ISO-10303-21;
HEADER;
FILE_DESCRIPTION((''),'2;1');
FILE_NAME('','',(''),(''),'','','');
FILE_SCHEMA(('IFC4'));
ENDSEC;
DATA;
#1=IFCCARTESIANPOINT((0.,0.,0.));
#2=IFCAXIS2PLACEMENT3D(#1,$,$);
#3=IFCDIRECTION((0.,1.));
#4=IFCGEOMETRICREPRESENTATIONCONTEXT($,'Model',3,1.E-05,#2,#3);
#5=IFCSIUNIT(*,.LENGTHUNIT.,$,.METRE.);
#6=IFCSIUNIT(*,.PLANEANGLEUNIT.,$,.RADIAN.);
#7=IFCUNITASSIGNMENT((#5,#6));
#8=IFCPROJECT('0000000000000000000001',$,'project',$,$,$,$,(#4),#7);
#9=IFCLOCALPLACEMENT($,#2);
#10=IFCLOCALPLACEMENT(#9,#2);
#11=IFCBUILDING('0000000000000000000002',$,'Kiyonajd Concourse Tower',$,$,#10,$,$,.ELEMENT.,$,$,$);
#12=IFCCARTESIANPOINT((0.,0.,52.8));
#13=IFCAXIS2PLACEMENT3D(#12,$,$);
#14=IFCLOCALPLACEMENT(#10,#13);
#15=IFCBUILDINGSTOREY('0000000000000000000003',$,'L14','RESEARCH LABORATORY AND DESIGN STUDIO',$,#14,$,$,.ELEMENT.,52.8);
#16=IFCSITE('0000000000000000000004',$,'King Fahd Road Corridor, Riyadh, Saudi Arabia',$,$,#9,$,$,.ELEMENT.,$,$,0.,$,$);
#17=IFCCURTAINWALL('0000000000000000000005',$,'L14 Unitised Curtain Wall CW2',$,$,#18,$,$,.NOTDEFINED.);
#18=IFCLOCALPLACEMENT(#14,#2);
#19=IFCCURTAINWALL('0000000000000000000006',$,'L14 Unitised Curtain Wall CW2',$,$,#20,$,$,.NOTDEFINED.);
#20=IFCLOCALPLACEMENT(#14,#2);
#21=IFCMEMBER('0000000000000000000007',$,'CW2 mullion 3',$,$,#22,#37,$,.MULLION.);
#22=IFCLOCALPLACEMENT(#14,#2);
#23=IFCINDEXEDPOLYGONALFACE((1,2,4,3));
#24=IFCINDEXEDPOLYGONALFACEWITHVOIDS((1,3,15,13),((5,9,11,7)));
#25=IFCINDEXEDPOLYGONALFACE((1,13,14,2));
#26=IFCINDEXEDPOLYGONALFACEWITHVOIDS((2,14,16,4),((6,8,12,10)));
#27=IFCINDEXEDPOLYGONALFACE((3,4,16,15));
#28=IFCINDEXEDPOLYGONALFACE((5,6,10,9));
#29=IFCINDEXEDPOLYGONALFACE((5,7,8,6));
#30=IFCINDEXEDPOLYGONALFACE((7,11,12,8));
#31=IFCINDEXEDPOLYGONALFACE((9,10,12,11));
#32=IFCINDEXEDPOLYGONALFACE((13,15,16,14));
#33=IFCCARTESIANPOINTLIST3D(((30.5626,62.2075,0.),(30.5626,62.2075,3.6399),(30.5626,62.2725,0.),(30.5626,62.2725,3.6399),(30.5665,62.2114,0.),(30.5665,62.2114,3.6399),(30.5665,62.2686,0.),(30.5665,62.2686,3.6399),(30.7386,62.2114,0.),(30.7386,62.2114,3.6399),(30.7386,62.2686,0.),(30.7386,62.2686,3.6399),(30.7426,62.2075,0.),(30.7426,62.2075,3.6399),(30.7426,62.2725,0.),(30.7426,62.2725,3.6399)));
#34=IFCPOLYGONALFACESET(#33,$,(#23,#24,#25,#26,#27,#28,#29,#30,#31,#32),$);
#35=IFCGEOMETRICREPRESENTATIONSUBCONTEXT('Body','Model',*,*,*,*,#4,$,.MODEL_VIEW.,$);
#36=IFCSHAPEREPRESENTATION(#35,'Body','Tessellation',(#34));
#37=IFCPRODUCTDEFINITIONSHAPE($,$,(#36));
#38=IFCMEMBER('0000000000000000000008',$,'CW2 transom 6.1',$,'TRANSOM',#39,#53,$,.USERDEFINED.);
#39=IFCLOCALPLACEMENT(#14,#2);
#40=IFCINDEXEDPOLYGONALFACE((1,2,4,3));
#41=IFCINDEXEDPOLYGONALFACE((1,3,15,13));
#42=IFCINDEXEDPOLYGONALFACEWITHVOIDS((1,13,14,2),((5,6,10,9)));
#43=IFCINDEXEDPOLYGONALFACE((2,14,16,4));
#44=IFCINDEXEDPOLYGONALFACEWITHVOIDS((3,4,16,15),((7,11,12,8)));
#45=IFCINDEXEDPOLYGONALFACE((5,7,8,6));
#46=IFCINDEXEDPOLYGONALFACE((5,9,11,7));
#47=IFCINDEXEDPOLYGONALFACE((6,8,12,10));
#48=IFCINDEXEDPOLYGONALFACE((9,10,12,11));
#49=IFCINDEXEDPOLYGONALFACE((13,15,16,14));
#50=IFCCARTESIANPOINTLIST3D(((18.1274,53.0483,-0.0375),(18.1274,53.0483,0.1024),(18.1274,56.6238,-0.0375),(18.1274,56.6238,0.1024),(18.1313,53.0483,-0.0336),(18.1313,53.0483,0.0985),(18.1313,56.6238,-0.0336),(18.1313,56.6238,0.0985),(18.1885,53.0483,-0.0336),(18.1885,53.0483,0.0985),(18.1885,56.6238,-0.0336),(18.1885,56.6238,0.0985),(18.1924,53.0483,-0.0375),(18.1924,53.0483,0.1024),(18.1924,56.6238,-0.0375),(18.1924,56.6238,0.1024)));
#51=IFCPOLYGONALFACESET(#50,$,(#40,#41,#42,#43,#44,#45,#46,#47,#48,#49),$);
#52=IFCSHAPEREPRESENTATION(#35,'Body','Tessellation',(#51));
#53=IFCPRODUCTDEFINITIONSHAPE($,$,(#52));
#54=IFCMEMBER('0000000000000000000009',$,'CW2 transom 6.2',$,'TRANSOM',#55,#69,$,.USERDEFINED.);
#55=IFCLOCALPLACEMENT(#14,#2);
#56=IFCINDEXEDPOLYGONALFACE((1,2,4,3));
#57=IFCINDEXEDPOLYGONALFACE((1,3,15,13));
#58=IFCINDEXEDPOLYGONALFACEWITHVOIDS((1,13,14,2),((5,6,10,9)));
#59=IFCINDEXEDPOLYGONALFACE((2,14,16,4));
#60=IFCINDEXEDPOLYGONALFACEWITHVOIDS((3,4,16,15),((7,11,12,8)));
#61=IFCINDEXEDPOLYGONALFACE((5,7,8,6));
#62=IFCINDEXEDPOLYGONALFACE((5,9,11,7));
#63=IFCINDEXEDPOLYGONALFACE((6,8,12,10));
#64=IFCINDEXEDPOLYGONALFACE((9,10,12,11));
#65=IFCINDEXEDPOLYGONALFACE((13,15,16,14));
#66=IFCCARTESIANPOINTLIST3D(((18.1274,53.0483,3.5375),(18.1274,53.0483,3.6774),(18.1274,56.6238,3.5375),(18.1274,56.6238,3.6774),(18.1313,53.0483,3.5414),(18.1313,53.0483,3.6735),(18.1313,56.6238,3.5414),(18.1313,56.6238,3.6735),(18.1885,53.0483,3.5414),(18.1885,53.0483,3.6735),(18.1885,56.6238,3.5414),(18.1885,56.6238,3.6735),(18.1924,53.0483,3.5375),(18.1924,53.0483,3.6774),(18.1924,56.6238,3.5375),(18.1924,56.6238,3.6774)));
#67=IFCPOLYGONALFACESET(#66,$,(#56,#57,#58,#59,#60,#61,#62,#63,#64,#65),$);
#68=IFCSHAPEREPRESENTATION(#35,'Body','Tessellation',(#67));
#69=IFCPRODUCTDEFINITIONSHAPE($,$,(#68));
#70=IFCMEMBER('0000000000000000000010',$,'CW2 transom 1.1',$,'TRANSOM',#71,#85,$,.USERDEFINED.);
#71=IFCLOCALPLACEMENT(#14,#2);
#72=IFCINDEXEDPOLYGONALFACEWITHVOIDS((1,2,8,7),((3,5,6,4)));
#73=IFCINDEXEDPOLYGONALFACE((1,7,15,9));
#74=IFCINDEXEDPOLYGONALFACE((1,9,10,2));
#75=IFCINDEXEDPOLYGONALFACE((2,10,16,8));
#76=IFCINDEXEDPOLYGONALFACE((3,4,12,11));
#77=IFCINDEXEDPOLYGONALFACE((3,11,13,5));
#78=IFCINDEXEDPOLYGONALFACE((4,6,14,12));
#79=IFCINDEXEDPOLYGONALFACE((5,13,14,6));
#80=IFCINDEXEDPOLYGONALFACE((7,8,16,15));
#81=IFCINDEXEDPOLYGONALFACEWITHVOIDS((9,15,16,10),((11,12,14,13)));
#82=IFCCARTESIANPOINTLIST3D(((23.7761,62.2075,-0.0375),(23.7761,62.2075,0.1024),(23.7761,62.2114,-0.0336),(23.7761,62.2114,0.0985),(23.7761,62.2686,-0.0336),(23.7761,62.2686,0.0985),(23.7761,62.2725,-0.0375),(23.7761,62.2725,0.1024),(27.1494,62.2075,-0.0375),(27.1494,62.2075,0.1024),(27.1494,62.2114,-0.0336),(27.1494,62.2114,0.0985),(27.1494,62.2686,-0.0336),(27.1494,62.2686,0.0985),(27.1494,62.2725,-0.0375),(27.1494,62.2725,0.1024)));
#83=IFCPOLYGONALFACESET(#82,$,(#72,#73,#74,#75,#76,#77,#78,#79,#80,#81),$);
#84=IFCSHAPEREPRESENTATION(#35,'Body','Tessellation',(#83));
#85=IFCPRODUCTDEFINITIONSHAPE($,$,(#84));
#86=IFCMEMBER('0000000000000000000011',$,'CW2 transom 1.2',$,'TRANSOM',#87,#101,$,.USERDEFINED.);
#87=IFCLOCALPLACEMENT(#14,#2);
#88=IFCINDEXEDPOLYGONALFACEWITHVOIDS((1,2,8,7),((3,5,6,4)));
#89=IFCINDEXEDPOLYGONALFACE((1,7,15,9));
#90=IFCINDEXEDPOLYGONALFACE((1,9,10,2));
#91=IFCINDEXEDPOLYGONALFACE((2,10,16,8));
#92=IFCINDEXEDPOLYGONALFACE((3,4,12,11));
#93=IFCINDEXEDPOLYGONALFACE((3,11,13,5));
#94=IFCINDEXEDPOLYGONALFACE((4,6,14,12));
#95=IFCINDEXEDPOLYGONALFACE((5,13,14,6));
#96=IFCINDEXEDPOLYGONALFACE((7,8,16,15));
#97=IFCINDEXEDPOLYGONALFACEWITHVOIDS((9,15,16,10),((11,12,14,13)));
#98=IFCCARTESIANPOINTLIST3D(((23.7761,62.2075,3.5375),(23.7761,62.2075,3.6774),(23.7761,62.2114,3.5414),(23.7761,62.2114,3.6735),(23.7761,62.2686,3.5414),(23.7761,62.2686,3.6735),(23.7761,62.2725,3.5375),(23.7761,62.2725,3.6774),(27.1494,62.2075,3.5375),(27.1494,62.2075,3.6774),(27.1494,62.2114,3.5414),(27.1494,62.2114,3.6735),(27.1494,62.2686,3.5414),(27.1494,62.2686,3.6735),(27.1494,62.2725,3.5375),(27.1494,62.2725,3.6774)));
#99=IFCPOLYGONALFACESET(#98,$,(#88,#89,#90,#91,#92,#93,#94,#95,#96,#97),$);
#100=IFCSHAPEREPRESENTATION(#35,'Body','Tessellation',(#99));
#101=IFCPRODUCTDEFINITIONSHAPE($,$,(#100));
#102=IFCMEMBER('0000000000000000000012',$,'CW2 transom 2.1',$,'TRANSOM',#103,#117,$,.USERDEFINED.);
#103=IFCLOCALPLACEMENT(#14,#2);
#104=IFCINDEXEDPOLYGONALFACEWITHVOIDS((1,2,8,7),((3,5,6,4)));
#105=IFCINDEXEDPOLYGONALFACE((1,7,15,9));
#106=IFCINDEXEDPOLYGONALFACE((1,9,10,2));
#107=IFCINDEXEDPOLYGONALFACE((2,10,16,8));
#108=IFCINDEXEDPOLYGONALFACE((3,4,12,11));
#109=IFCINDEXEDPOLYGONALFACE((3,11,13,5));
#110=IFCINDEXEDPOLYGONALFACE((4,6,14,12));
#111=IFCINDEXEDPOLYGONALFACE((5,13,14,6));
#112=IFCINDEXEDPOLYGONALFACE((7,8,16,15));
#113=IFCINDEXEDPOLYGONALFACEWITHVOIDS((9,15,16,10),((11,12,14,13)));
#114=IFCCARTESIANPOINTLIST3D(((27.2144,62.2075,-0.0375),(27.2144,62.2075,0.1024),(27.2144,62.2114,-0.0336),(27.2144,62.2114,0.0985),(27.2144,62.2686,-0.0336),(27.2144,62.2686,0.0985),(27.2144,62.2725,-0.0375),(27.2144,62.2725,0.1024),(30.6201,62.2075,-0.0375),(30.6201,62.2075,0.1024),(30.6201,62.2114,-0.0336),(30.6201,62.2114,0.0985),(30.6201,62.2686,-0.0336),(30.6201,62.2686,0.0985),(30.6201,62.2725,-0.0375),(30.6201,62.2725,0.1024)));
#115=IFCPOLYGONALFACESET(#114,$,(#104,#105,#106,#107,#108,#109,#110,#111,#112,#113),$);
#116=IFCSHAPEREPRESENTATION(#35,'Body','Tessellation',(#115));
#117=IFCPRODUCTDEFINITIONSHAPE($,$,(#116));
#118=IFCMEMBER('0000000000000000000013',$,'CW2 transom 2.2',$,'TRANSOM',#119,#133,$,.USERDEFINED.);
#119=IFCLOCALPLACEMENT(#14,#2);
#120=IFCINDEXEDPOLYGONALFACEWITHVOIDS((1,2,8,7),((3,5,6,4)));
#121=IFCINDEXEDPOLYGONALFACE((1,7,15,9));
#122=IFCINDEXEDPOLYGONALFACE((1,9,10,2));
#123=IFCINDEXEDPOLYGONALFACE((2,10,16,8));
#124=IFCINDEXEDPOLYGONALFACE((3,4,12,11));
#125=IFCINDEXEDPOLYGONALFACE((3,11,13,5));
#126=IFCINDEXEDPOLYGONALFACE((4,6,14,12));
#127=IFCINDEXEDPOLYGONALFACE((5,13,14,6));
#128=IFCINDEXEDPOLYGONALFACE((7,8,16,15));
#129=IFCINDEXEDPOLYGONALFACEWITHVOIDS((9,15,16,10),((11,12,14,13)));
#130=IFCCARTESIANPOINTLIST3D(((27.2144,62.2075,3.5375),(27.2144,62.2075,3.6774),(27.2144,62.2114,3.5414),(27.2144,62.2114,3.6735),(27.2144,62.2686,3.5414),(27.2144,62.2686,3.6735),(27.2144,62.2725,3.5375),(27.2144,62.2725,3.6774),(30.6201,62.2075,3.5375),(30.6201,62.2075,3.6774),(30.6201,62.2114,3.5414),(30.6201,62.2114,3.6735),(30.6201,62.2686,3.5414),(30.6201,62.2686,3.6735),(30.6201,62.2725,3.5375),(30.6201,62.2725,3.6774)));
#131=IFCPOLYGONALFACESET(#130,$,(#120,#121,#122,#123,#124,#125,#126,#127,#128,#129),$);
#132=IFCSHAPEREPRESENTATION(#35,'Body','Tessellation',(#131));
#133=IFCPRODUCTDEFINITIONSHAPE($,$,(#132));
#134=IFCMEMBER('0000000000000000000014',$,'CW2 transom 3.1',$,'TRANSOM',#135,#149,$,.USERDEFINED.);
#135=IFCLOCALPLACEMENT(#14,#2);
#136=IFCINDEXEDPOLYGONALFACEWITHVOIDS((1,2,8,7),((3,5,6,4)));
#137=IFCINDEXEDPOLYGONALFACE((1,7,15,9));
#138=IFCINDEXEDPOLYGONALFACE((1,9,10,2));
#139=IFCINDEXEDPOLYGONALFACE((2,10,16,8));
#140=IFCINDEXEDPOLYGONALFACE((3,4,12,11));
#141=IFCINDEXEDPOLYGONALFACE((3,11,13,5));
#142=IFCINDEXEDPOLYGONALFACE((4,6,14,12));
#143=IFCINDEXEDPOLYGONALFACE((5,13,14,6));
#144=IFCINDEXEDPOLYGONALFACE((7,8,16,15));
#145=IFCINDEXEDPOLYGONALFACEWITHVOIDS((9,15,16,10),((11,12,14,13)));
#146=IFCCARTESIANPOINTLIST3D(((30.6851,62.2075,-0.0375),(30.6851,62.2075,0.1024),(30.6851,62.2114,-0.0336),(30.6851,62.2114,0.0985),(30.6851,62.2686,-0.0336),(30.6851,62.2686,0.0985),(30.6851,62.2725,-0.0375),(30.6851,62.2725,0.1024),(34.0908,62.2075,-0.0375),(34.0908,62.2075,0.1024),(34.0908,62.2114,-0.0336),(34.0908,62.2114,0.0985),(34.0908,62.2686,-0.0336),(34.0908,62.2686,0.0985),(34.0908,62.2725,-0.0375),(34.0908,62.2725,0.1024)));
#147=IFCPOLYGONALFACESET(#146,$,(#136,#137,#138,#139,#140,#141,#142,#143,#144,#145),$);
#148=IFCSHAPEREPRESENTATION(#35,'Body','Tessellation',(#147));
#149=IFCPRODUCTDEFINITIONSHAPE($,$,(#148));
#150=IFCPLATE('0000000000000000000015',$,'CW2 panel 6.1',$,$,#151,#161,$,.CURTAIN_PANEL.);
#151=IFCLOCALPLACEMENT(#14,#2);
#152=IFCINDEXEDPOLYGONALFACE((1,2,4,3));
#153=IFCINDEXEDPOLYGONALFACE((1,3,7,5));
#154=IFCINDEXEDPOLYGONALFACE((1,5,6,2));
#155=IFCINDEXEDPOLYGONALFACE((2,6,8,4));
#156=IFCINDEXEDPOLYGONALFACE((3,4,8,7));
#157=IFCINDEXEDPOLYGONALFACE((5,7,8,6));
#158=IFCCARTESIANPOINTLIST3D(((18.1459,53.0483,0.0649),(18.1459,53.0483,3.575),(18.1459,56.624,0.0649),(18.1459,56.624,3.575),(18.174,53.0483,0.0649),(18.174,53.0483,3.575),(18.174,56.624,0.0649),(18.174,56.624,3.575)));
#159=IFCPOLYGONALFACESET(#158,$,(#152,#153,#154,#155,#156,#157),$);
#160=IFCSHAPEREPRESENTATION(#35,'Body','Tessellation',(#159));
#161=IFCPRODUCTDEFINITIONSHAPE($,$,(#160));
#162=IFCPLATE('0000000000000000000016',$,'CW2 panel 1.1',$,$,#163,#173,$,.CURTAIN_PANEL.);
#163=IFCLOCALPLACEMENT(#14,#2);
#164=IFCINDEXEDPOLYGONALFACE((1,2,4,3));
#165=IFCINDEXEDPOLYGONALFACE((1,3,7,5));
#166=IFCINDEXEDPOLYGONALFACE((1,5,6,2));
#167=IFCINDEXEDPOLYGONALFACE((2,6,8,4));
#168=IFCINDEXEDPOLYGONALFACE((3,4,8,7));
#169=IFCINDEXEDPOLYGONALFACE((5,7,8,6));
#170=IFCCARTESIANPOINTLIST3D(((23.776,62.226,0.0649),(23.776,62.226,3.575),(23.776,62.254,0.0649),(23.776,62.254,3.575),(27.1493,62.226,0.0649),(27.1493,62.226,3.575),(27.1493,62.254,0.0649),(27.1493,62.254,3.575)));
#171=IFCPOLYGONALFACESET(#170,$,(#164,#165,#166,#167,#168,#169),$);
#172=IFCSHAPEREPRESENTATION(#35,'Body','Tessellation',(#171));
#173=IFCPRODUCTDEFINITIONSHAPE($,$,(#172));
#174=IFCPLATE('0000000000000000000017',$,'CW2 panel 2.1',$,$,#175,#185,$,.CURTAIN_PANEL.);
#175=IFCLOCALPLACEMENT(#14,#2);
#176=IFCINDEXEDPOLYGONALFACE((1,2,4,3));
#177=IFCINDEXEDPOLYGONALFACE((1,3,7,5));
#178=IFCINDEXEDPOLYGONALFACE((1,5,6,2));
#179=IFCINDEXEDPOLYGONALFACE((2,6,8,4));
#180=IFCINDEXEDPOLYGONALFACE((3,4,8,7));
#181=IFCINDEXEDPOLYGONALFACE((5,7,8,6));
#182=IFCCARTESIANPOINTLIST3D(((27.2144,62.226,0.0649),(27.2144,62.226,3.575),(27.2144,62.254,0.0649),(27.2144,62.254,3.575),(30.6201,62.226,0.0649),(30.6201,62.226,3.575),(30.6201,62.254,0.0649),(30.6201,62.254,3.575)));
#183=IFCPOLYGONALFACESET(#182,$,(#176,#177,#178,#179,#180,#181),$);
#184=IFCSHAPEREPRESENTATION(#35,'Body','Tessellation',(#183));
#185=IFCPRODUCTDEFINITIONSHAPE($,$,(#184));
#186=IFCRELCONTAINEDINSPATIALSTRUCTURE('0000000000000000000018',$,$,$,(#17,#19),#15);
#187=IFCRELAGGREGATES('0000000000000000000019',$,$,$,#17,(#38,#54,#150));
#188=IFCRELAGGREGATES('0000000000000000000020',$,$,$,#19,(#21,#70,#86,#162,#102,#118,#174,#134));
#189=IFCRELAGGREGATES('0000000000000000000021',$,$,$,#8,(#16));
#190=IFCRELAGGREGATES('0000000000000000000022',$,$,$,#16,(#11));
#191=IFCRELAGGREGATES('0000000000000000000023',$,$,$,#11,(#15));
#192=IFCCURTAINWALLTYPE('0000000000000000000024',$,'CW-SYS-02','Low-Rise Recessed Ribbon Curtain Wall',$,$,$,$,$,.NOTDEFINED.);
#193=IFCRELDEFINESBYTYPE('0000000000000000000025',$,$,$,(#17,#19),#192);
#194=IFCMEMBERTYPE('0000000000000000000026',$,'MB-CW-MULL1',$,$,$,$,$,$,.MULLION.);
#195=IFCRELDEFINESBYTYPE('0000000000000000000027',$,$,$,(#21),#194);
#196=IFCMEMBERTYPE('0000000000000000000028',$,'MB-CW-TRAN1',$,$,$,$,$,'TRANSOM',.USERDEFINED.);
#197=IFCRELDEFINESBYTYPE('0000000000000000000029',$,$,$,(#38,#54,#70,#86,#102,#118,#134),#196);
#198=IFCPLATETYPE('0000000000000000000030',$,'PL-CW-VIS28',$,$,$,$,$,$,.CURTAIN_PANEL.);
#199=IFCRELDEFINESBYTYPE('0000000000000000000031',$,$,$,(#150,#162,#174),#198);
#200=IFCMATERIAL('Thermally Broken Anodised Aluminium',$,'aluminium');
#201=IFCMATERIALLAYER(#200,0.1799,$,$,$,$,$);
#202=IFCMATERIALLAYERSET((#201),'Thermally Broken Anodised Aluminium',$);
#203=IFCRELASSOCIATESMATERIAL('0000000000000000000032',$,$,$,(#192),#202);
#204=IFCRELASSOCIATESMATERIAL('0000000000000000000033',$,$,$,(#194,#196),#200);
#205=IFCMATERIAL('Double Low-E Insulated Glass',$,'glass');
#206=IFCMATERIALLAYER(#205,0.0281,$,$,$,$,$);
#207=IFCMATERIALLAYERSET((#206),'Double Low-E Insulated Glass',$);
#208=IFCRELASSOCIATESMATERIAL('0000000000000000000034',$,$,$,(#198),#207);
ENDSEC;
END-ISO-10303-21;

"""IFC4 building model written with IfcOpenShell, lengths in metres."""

from ifc_helpers import new_model, si_unit, direction, frame, origin, origin_2d, place, context, subcontext, project, spatial, rectangle, hollow_rectangle, extrude, material, layer, layer_set, material_profile, profile_set, type_object, element, aggregate, save


model = new_model("IFC4")

# Units and contexts
model_context = context("Model", 3, precision=1e-05, world=origin(), true_north=direction((0.0, 1.0)))
body_context = subcontext(model_context, "Body", "Model", "MODEL_VIEW")
ifc_project = project(units=[si_unit("LENGTHUNIT", "METRE"), si_unit("PLANEANGLEUNIT", "RADIAN")], contexts=[model_context])

# Site, building, storey
site_placement = place(None, origin())
site = spatial("IfcSite", under=ifc_project, at=site_placement, Name="King Fahd Road Corridor, Riyadh, Saudi Arabia", CompositionType="ELEMENT", RefElevation=0.0)
building_placement = place(site_placement, origin())
building = spatial("IfcBuilding", under=site, at=building_placement, Name="Kiyonajd Concourse Tower", CompositionType="ELEMENT")
storey_placement = place(building_placement, frame((0.0, 0.0, 52.8)))
storey = spatial("IfcBuildingStorey", under=building, at=storey_placement, Name="L14", Description="RESEARCH LABORATORY AND DESIGN STUDIO", CompositionType="ELEMENT", Elevation=52.8)

# Curtain wall
ifc_material_1 = material(Name="Thermally Broken Anodised Aluminium", Category="aluminium")
ifc_layer_1 = layer(ifc_material_1, 0.1799)
ifc_layer_set_1 = layer_set([ifc_layer_1], Name="Thermally Broken Anodised Aluminium")
curtain_wall_type = type_object("IfcCurtainWallType", Name="CW-SYS-02", Description="Low-Rise Recessed Ribbon Curtain Wall", PredefinedType="NOTDEFINED", material=ifc_layer_set_1)
curtain_wall_1_placement = place(storey_placement, origin())
curtain_wall_1 = element("IfcCurtainWall", 1, at=curtain_wall_1_placement, inside=storey, type_object=curtain_wall_type, Name="L14 Unitised Curtain Wall CW2", PredefinedType="NOTDEFINED")
ifc_material_profile_1 = material_profile(ifc_material_1, hollow_rectangle(XDim=0.0649, YDim=0.1799, WallThickness=0.0039, at=origin_2d()), Name="MULL-65x180")
ifc_profile_set_1 = profile_set([ifc_material_profile_1], Name="Thermally Broken Anodised Aluminium")
member_type_1 = type_object("IfcMemberType", Name="MB-CW-MULL1", PredefinedType="MULLION", material=ifc_profile_set_1)

# Curtain wall, member
curtain_wall_2_placement = place(storey_placement, origin())
curtain_wall_2 = element("IfcCurtainWall", 2, at=curtain_wall_2_placement, inside=storey, type_object=curtain_wall_type, Name="L14 Unitised Curtain Wall CW2", PredefinedType="NOTDEFINED")
member_1_placement = place(storey_placement, frame((30.6526, 62.24, 0.0), z_axis=(0.0, 0.0, 1.0), x_axis=(0.0, 1.0, 0.0)))
member_1 = element("IfcMember", 3, at=member_1_placement, type_object=member_type_1, Name="CW2 mullion 3", PredefinedType="MULLION", context=body_context, shape_type="SweptSolid", body=[
    extrude(hollow_rectangle(XDim=0.0649, YDim=0.1799, WallThickness=0.0039, at=origin_2d()), origin(), (0.0, 0.0, 1.0), 3.6399),
])

# Members
ifc_material_profile_2 = material_profile(ifc_material_1, hollow_rectangle(XDim=0.0649, YDim=0.1399, WallThickness=0.0039, at=origin_2d()), Name="TRAN-65x140")
ifc_profile_set_2 = profile_set([ifc_material_profile_2], Name="Thermally Broken Anodised Aluminium")
member_type_2 = type_object("IfcMemberType", Name="MB-CW-TRAN1", ElementType="TRANSOM", PredefinedType="USERDEFINED", material=ifc_profile_set_2)
member_2_placement = place(storey_placement, frame((18.1599, 53.0483, 0.0325), z_axis=(0.0, 1.0, 0.0), x_axis=(-1.0, 0.0, 0.0)))
member_2 = element("IfcMember", 4, at=member_2_placement, type_object=member_type_2, Name="CW2 transom 6.1", ObjectType="TRANSOM", PredefinedType="USERDEFINED", context=body_context, shape_type="SweptSolid", body=[
    extrude(hollow_rectangle(XDim=0.0649, YDim=0.1399, WallThickness=0.0039, at=origin_2d()), origin(), (0.0, 0.0, 1.0), 3.5754),
])
member_3_placement = place(storey_placement, frame((18.1599, 53.0483, 3.6074), z_axis=(0.0, 1.0, 0.0), x_axis=(-1.0, 0.0, 0.0)))
member_3 = element("IfcMember", 5, at=member_3_placement, type_object=member_type_2, Name="CW2 transom 6.2", ObjectType="TRANSOM", PredefinedType="USERDEFINED", context=body_context, shape_type="SweptSolid", body=[
    extrude(hollow_rectangle(XDim=0.0649, YDim=0.1399, WallThickness=0.0039, at=origin_2d()), origin(), (0.0, 0.0, 1.0), 3.5754),
])
member_4_placement = place(storey_placement, frame((23.7761, 62.24, 0.0325), z_axis=(1.0, 0.0, 0.0), x_axis=(0.0, 1.0, 0.0)))
member_4 = element("IfcMember", 6, at=member_4_placement, type_object=member_type_2, Name="CW2 transom 1.1", ObjectType="TRANSOM", PredefinedType="USERDEFINED", context=body_context, shape_type="SweptSolid", body=[
    extrude(hollow_rectangle(XDim=0.0649, YDim=0.1399, WallThickness=0.0039, at=origin_2d()), origin(), (0.0, 0.0, 1.0), 3.3733),
])
member_5_placement = place(storey_placement, frame((23.7761, 62.24, 3.6074), z_axis=(1.0, 0.0, 0.0), x_axis=(0.0, 1.0, 0.0)))
member_5 = element("IfcMember", 7, at=member_5_placement, type_object=member_type_2, Name="CW2 transom 1.2", ObjectType="TRANSOM", PredefinedType="USERDEFINED", context=body_context, shape_type="SweptSolid", body=[
    extrude(hollow_rectangle(XDim=0.0649, YDim=0.1399, WallThickness=0.0039, at=origin_2d()), origin(), (0.0, 0.0, 1.0), 3.3733),
])
member_6_placement = place(storey_placement, frame((27.2144, 62.24, 0.0325), z_axis=(1.0, 0.0, 0.0), x_axis=(0.0, 1.0, 0.0)))
member_6 = element("IfcMember", 8, at=member_6_placement, type_object=member_type_2, Name="CW2 transom 2.1", ObjectType="TRANSOM", PredefinedType="USERDEFINED", context=body_context, shape_type="SweptSolid", body=[
    extrude(hollow_rectangle(XDim=0.0649, YDim=0.1399, WallThickness=0.0039, at=origin_2d()), origin(), (0.0, 0.0, 1.0), 3.4058),
])
member_7_placement = place(storey_placement, frame((27.2144, 62.24, 3.6074), z_axis=(1.0, 0.0, 0.0), x_axis=(0.0, 1.0, 0.0)))
member_7 = element("IfcMember", 9, at=member_7_placement, type_object=member_type_2, Name="CW2 transom 2.2", ObjectType="TRANSOM", PredefinedType="USERDEFINED", context=body_context, shape_type="SweptSolid", body=[
    extrude(hollow_rectangle(XDim=0.0649, YDim=0.1399, WallThickness=0.0039, at=origin_2d()), origin(), (0.0, 0.0, 1.0), 3.4058),
])
member_8_placement = place(storey_placement, frame((30.6851, 62.24, 0.0325), z_axis=(1.0, 0.0, 0.0), x_axis=(0.0, 1.0, 0.0)))
member_8 = element("IfcMember", 10, at=member_8_placement, type_object=member_type_2, Name="CW2 transom 3.1", ObjectType="TRANSOM", PredefinedType="USERDEFINED", context=body_context, shape_type="SweptSolid", body=[
    extrude(hollow_rectangle(XDim=0.0649, YDim=0.1399, WallThickness=0.0039, at=origin_2d()), origin(), (0.0, 0.0, 1.0), 3.4058),
])

# Plates
ifc_material_2 = material(Name="Double Low-E Insulated Glass", Category="glass")
ifc_layer_2 = layer(ifc_material_2, 0.0281)
ifc_layer_set_2 = layer_set([ifc_layer_2], Name="Double Low-E Insulated Glass")
plate_type_1 = type_object("IfcPlateType", Name="PL-CW-VIS28", PredefinedType="CURTAIN_PANEL", material=ifc_layer_set_2)
plate_1_placement = place(storey_placement, frame((18.1599, 54.8362, 0.0649), z_axis=(0.0, 0.0, 1.0), x_axis=(0.0, 1.0, 0.0)))
plate_1 = element("IfcPlate", 11, at=plate_1_placement, type_object=plate_type_1, Name="CW2 panel 6.1", PredefinedType="CURTAIN_PANEL", context=body_context, shape_type="SweptSolid", body=[
    extrude(rectangle(XDim=3.5757, YDim=0.0281, at=origin_2d()), origin(), (0.0, 0.0, 1.0), 3.51),
])
aggregate(curtain_wall_1, [member_2, member_3, plate_1])
plate_2_placement = place(storey_placement, frame((25.4626, 62.24, 0.0649), z_axis=(0.0, 0.0, 1.0), x_axis=(1.0, 0.0, 0.0)))
plate_2 = element("IfcPlate", 12, at=plate_2_placement, type_object=plate_type_1, Name="CW2 panel 1.1", PredefinedType="CURTAIN_PANEL", context=body_context, shape_type="SweptSolid", body=[
    extrude(rectangle(XDim=3.3733, YDim=0.0281, at=origin_2d()), origin(), (0.0, 0.0, 1.0), 3.51),
])
plate_3_placement = place(storey_placement, frame((28.9172, 62.24, 0.0649), z_axis=(0.0, 0.0, 1.0), x_axis=(1.0, 0.0, 0.0)))
plate_3 = element("IfcPlate", 13, at=plate_3_placement, type_object=plate_type_1, Name="CW2 panel 2.1", PredefinedType="CURTAIN_PANEL", context=body_context, shape_type="SweptSolid", body=[
    extrude(rectangle(XDim=3.4058, YDim=0.0281, at=origin_2d()), origin(), (0.0, 0.0, 1.0), 3.51),
])
aggregate(curtain_wall_2, [member_1, member_4, member_5, plate_2, member_6, member_7, plate_3, member_8])

save(model, "model.ifc")
